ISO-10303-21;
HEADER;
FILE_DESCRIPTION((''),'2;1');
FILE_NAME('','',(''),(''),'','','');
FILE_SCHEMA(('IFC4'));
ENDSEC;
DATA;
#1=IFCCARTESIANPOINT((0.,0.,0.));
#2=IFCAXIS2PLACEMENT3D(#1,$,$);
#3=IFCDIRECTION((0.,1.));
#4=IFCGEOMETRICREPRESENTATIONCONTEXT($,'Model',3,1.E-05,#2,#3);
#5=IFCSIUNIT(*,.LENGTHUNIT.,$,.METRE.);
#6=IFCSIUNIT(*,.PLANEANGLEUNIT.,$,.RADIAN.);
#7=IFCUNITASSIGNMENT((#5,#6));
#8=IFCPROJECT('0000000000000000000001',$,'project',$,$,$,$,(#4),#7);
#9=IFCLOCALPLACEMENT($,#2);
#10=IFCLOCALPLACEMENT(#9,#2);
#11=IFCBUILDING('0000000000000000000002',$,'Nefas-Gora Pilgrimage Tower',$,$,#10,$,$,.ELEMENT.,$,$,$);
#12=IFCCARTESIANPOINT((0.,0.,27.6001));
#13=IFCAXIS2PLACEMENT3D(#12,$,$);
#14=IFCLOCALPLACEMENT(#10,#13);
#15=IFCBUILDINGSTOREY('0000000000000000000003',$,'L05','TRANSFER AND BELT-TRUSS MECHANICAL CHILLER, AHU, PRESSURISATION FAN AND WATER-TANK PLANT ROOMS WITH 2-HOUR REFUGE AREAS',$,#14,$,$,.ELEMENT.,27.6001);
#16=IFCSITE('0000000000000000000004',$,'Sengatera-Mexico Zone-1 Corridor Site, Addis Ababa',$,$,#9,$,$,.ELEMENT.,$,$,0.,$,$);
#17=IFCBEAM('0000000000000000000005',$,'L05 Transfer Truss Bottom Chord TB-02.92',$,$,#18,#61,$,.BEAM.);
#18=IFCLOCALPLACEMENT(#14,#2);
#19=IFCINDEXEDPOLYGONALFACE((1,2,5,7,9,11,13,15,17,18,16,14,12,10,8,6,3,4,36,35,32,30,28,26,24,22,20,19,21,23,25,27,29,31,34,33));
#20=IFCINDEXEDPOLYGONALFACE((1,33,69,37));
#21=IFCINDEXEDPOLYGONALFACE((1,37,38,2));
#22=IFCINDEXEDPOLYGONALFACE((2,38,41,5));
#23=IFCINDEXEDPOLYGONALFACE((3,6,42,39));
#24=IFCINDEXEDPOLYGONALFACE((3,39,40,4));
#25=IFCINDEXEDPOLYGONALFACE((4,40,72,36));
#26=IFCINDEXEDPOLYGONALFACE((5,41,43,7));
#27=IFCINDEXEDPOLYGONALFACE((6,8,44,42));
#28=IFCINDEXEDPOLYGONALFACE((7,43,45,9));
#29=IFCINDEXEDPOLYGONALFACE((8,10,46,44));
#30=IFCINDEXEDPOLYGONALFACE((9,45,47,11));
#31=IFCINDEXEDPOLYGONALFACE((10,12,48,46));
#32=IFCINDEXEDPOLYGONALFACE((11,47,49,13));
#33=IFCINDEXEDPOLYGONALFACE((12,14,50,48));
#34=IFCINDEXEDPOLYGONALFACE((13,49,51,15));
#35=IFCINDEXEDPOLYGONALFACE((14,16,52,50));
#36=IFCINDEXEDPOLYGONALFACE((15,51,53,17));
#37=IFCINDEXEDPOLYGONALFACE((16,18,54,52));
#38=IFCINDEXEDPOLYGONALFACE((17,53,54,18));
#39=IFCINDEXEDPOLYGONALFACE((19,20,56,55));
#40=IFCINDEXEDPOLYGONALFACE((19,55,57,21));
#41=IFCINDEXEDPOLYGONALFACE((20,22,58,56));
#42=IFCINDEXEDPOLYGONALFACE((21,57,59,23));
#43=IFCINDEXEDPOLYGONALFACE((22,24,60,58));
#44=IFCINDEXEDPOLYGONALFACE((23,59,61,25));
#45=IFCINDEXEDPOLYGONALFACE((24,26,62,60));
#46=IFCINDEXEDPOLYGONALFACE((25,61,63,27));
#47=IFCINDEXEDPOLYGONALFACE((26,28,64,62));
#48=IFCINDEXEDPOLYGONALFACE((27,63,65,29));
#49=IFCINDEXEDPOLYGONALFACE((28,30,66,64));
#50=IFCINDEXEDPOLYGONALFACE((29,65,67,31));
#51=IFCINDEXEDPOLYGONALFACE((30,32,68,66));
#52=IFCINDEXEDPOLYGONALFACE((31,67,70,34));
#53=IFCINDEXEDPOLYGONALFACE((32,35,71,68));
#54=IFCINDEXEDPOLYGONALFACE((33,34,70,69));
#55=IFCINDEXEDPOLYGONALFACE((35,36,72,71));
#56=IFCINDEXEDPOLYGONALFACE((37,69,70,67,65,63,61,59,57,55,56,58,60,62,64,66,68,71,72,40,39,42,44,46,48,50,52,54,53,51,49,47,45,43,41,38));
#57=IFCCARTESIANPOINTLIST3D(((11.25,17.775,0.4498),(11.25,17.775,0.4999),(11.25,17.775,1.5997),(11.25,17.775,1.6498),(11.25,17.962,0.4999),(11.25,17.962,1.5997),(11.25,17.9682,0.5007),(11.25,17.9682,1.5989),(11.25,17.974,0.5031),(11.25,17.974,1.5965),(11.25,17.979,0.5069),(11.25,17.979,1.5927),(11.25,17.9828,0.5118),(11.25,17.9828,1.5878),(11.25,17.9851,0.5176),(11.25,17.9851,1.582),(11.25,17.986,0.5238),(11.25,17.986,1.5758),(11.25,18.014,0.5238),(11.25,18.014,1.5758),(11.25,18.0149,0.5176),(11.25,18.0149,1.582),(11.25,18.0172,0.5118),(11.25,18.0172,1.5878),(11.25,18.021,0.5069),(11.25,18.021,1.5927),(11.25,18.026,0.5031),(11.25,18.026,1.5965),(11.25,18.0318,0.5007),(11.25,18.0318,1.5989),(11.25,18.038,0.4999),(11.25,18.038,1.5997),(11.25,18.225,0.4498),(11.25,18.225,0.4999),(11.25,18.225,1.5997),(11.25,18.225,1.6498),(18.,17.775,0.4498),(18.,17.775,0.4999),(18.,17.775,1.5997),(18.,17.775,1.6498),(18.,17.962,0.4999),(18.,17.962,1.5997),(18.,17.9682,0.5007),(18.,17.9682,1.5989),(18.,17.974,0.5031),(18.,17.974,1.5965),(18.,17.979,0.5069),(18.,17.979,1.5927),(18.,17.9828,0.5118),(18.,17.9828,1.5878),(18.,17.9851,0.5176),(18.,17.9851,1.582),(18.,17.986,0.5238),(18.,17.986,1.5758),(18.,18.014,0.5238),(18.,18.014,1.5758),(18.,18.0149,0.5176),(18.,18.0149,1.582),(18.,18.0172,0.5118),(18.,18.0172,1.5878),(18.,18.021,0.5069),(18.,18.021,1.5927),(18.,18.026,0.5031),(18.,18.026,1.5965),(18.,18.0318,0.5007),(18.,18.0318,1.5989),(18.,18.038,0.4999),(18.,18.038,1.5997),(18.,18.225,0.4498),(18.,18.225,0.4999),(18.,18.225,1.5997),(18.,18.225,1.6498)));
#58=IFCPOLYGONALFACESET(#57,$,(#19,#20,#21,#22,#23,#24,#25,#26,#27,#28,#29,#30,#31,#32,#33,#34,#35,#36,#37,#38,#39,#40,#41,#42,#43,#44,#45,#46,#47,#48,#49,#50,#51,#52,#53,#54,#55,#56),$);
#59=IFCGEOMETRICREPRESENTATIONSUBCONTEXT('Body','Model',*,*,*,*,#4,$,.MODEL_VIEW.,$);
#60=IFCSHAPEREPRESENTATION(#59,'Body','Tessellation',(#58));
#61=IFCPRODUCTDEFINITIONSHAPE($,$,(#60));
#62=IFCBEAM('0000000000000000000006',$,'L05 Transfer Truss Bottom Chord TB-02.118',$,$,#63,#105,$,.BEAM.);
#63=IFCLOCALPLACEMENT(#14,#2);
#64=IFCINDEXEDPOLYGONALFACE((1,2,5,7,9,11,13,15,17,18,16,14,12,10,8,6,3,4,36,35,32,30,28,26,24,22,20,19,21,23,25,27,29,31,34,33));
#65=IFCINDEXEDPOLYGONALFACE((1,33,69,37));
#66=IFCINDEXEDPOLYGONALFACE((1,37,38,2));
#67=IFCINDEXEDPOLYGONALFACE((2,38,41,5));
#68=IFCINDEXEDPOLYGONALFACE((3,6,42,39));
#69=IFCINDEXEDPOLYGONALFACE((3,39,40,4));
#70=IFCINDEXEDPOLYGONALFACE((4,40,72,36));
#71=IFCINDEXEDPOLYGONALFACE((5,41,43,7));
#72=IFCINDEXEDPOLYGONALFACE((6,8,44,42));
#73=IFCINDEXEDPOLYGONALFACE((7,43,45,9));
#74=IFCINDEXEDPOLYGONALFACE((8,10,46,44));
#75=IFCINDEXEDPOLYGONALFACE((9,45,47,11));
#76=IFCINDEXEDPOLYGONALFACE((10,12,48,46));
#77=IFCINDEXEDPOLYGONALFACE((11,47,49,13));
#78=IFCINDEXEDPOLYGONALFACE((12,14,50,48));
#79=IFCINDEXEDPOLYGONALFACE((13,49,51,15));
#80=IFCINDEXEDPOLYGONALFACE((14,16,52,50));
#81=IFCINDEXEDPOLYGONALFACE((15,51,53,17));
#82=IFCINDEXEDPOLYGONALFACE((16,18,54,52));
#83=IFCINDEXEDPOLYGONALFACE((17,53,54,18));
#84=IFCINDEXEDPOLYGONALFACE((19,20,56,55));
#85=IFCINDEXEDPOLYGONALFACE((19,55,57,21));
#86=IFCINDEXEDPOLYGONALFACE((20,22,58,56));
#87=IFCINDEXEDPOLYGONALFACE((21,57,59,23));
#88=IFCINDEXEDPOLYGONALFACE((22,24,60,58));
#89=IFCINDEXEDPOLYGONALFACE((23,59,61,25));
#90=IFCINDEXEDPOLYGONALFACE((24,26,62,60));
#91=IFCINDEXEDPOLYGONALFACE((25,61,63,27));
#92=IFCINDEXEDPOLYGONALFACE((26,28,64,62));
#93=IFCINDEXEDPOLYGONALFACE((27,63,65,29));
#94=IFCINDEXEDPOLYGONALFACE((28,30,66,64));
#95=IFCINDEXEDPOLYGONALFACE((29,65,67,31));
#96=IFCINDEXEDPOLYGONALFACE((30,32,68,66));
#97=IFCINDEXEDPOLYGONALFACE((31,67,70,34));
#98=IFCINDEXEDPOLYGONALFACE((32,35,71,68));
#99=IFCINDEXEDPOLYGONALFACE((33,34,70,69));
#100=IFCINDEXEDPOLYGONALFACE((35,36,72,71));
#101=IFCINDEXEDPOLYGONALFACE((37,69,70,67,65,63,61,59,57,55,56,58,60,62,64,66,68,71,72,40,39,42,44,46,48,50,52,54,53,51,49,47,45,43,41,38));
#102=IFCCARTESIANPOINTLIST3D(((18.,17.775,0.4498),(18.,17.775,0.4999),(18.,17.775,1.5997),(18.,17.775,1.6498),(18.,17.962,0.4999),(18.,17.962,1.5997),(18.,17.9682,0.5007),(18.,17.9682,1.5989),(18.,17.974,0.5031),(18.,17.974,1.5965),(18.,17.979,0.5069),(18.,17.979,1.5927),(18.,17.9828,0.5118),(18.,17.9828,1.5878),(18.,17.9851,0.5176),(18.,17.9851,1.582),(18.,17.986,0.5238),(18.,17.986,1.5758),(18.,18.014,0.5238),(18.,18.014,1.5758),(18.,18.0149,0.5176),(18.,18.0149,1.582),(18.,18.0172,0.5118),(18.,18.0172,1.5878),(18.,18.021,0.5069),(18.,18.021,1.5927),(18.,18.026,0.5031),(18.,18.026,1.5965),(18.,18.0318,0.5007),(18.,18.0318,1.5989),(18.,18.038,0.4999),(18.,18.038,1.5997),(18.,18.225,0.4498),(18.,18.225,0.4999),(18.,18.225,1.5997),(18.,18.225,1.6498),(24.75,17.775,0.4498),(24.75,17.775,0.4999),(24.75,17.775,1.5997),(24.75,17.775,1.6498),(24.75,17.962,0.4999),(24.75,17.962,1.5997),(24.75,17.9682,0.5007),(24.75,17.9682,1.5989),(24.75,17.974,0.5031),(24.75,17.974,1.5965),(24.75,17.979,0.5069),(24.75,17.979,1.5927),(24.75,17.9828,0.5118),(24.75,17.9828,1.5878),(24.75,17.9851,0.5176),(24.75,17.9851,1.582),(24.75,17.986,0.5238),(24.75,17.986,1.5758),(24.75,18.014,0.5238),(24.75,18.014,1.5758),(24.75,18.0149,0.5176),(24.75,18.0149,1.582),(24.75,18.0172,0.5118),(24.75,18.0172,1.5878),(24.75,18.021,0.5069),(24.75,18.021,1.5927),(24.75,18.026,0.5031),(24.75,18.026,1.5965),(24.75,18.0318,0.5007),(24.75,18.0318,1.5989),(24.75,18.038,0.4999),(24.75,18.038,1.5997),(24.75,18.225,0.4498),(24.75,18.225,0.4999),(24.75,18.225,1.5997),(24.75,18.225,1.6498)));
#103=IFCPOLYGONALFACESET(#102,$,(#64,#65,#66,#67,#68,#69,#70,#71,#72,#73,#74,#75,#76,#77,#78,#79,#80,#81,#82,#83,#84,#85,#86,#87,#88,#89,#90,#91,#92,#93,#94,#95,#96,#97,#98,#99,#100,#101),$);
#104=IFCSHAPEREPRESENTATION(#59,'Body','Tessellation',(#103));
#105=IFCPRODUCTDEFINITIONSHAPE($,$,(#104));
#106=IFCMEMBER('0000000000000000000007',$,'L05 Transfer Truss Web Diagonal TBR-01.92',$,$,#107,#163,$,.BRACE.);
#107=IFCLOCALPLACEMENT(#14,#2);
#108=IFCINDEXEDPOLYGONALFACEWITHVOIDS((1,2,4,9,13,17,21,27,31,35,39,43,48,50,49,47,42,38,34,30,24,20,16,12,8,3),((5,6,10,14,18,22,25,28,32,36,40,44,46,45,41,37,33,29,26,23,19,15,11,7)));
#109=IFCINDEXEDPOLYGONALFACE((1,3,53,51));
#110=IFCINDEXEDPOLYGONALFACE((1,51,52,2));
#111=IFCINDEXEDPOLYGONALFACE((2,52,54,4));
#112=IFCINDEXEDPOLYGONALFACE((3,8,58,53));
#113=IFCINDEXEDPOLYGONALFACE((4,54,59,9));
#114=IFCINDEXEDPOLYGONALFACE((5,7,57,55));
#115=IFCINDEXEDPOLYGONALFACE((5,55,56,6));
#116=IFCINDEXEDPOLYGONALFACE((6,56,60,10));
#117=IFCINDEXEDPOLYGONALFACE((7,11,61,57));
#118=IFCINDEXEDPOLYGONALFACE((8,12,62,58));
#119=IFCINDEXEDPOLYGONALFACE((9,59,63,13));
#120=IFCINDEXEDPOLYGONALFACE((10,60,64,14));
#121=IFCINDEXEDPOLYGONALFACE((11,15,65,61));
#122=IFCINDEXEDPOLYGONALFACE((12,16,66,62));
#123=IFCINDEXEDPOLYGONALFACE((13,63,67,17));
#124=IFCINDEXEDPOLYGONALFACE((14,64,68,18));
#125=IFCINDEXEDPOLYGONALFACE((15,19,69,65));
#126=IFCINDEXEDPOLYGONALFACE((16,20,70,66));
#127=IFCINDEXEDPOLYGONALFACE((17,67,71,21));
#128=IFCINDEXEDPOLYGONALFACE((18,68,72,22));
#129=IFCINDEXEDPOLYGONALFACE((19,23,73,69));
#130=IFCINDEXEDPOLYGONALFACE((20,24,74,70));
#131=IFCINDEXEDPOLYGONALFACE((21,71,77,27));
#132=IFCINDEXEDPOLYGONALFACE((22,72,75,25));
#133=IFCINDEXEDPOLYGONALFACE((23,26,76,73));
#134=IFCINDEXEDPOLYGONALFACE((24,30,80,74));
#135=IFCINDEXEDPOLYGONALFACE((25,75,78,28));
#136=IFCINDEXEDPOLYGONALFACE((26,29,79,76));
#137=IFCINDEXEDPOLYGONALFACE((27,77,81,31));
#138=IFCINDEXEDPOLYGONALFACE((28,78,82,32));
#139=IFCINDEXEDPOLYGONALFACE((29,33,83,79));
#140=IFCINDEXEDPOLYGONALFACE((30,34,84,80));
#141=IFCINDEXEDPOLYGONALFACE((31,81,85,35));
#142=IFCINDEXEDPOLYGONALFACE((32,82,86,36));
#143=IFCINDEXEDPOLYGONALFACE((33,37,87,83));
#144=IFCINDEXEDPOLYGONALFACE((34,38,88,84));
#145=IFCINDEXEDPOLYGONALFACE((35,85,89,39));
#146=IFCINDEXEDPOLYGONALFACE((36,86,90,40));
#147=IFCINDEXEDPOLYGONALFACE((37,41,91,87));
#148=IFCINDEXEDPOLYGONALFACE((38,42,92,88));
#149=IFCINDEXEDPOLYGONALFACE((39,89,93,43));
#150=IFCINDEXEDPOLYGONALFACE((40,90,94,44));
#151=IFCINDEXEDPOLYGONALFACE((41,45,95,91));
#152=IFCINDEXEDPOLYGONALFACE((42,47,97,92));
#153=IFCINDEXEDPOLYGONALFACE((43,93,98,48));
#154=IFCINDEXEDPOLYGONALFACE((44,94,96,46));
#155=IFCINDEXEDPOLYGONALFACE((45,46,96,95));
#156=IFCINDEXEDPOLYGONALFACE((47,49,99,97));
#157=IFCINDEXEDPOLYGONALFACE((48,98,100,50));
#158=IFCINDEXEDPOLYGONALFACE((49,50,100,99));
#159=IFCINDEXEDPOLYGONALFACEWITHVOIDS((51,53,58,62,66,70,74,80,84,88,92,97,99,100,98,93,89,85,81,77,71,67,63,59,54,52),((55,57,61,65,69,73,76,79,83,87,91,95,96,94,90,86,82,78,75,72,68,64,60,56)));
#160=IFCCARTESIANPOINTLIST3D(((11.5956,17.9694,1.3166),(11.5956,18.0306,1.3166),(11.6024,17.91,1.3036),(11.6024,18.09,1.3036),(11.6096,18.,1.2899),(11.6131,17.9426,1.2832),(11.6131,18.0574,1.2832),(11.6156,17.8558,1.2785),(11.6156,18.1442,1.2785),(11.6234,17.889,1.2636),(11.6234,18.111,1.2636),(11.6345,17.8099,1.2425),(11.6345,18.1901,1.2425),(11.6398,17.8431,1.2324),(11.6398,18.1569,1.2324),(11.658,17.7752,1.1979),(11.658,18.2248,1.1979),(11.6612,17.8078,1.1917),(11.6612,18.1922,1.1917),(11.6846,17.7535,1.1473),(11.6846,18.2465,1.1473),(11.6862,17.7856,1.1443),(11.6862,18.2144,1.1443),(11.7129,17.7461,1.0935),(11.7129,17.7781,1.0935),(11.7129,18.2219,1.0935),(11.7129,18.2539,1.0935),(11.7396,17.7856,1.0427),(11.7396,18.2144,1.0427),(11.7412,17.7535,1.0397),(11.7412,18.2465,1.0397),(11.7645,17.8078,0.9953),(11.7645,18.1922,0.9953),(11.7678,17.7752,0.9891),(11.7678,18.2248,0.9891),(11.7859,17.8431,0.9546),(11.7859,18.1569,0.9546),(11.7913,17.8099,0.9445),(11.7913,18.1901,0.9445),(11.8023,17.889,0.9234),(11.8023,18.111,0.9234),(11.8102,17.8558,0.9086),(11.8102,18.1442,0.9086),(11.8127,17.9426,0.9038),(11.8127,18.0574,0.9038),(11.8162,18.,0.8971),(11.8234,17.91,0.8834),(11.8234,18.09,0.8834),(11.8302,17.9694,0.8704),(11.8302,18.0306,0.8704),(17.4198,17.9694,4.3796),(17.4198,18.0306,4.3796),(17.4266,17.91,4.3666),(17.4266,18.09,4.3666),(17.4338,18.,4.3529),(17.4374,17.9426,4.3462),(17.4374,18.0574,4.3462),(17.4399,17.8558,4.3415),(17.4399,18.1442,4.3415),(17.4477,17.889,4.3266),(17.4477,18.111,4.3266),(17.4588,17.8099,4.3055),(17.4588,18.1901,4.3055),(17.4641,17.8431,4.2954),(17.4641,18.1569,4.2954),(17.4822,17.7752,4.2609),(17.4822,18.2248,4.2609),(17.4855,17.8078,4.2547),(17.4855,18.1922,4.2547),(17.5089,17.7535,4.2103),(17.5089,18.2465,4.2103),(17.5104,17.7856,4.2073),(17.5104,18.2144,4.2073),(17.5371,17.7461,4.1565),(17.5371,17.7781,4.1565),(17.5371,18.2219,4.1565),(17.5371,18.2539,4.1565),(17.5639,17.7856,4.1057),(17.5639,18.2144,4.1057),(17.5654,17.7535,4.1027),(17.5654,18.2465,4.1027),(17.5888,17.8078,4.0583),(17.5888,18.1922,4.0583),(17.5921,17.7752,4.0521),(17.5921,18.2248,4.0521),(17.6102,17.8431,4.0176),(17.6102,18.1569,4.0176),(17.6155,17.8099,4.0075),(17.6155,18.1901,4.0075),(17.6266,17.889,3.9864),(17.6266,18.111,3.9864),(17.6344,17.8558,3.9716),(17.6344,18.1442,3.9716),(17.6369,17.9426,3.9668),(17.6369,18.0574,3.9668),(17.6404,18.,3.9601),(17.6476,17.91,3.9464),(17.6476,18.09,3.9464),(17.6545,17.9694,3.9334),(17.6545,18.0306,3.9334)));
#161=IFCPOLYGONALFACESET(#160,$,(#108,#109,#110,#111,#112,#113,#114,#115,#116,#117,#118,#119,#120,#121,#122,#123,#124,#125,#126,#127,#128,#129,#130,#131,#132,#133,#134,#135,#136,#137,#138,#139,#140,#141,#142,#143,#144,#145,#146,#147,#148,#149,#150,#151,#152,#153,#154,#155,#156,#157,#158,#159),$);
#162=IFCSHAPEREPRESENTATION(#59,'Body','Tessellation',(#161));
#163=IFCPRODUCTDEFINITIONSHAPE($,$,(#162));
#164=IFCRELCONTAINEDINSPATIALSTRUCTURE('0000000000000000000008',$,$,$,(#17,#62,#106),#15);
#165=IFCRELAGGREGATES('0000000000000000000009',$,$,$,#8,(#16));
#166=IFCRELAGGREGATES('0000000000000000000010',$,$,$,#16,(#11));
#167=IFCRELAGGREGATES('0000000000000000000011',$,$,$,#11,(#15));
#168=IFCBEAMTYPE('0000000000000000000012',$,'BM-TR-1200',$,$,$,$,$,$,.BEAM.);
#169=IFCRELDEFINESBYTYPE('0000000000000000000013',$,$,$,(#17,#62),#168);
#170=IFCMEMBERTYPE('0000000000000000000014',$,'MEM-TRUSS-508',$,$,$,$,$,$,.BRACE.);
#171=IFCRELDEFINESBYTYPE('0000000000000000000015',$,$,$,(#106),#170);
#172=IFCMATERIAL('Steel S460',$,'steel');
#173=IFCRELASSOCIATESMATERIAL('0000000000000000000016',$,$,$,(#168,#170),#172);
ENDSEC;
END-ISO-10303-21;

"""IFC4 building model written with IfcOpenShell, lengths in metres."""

from ifc_helpers import new_model, si_unit, direction, frame, origin, origin_2d, place, context, subcontext, project, spatial, hollow_circle, i_section, extrude, source, transform, mapped, material, material_profile, profile_set, type_object, element, save


model = new_model("IFC4")

# Units and contexts
model_context = context("Model", 3, precision=1e-05, world=origin(), true_north=direction((0.0, 1.0)))
body_context = subcontext(model_context, "Body", "Model", "MODEL_VIEW")
ifc_project = project(units=[si_unit("LENGTHUNIT", "METRE"), si_unit("PLANEANGLEUNIT", "RADIAN")], contexts=[model_context])

# Site, building, storey
site_placement = place(None, origin())
site = spatial("IfcSite", under=ifc_project, at=site_placement, Name="Sengatera-Mexico Zone-1 Corridor Site, Addis Ababa", CompositionType="ELEMENT", RefElevation=0.0)
building_placement = place(site_placement, origin())
building = spatial("IfcBuilding", under=site, at=building_placement, Name="Nefas-Gora Pilgrimage Tower", CompositionType="ELEMENT")
storey_placement = place(building_placement, frame((0.0, 0.0, 27.6001)))
storey = spatial("IfcBuildingStorey", under=building, at=storey_placement, Name="L05", Description="TRANSFER AND BELT-TRUSS MECHANICAL CHILLER, AHU, PRESSURISATION FAN AND WATER-TANK PLANT ROOMS WITH 2-HOUR REFUGE AREAS", CompositionType="ELEMENT", Elevation=27.6001)

# Shared definitions
ifc_material = material(Name="Steel S460", Category="steel")

# Shared definitions
ifc_material_profile_1 = material_profile(ifc_material, i_section(OverallWidth=0.45, OverallDepth=1.2, WebThickness=0.0281, FlangeThickness=0.05, FilletRadius=0.0239, at=origin_2d()), Name="WPG 1200x450x28x50")
ifc_profile_set_1 = profile_set([ifc_material_profile_1], Name="Steel S460")
beam_type_1 = type_object("IfcBeamType", Name="BM-TR-1200", PredefinedType="BEAM", material=ifc_profile_set_1)

# Shared definitions
ifc_material_profile_2 = material_profile(ifc_material, hollow_circle(Radius=0.2539, WallThickness=0.032, at=origin_2d()), Name="CHS 508x32")
ifc_profile_set_2 = profile_set([ifc_material_profile_2], Name="Steel S460")
member_type = type_object("IfcMemberType", Name="MEM-TRUSS-508", PredefinedType="BRACE", material=ifc_profile_set_2)

# Beams
shared_shape_1 = source(origin(), body_context, "Body", "SweptSolid", [
    extrude(i_section(OverallWidth=0.45, OverallDepth=1.2, WebThickness=0.0281, FlangeThickness=0.05, FilletRadius=0.0239, at=origin_2d()), origin(), (0.0, 0.0, 1.0), 6.75),
])
for number, where, z_axis, x_axis, name in (
    (1, (11.25, 18.0, 1.0498), (1.0, 0.0, 0.0), (0.0, 1.0, 0.0), "L05 Transfer Truss Bottom Chord TB-02.92"),
    (2, (18.0, 18.0, 1.0498), (1.0, 0.0, 0.0), (0.0, 1.0, 0.0), "L05 Transfer Truss Bottom Chord TB-02.118"),
):
    element("IfcBeam", number, at=place(storey_placement, frame(where, z_axis=z_axis, x_axis=x_axis)), inside=storey, type_object=beam_type_1, Name=name, PredefinedType="BEAM", context=body_context, shape_type="MappedRepresentation", body=[
        mapped(shared_shape_1, transform((0.0, 0.0, 0.0), x_axis=(1.0, 0.0, 0.0), y_axis=(0.0, 1.0, 0.0), z_axis=(0.0, 0.0, 1.0), scale=1.0)),
    ])

# Member
shared_shape_2 = source(origin(), body_context, "Body", "SweptSolid", [
    extrude(hollow_circle(Radius=0.2539, WallThickness=0.032, at=origin_2d()), origin(), (0.0, 0.0, 1.0), 6.5806),
])
for number, where, z_axis, x_axis, name in (
    (3, (11.7129, 18.0, 1.0935), (0.885068, 0.0, 0.465462), (0.0, 1.0, 0.0), "L05 Transfer Truss Web Diagonal TBR-01.92"),
):
    element("IfcMember", number, at=place(storey_placement, frame(where, z_axis=z_axis, x_axis=x_axis)), inside=storey, type_object=member_type, Name=name, PredefinedType="BRACE", context=body_context, shape_type="MappedRepresentation", body=[
        mapped(shared_shape_2, transform((0.0, 0.0, 0.0), x_axis=(1.0, 0.0, 0.0), y_axis=(0.0, 1.0, 0.0), z_axis=(0.0, 0.0, 1.0), scale=1.0)),
    ])

save(model, "model.ifc")
